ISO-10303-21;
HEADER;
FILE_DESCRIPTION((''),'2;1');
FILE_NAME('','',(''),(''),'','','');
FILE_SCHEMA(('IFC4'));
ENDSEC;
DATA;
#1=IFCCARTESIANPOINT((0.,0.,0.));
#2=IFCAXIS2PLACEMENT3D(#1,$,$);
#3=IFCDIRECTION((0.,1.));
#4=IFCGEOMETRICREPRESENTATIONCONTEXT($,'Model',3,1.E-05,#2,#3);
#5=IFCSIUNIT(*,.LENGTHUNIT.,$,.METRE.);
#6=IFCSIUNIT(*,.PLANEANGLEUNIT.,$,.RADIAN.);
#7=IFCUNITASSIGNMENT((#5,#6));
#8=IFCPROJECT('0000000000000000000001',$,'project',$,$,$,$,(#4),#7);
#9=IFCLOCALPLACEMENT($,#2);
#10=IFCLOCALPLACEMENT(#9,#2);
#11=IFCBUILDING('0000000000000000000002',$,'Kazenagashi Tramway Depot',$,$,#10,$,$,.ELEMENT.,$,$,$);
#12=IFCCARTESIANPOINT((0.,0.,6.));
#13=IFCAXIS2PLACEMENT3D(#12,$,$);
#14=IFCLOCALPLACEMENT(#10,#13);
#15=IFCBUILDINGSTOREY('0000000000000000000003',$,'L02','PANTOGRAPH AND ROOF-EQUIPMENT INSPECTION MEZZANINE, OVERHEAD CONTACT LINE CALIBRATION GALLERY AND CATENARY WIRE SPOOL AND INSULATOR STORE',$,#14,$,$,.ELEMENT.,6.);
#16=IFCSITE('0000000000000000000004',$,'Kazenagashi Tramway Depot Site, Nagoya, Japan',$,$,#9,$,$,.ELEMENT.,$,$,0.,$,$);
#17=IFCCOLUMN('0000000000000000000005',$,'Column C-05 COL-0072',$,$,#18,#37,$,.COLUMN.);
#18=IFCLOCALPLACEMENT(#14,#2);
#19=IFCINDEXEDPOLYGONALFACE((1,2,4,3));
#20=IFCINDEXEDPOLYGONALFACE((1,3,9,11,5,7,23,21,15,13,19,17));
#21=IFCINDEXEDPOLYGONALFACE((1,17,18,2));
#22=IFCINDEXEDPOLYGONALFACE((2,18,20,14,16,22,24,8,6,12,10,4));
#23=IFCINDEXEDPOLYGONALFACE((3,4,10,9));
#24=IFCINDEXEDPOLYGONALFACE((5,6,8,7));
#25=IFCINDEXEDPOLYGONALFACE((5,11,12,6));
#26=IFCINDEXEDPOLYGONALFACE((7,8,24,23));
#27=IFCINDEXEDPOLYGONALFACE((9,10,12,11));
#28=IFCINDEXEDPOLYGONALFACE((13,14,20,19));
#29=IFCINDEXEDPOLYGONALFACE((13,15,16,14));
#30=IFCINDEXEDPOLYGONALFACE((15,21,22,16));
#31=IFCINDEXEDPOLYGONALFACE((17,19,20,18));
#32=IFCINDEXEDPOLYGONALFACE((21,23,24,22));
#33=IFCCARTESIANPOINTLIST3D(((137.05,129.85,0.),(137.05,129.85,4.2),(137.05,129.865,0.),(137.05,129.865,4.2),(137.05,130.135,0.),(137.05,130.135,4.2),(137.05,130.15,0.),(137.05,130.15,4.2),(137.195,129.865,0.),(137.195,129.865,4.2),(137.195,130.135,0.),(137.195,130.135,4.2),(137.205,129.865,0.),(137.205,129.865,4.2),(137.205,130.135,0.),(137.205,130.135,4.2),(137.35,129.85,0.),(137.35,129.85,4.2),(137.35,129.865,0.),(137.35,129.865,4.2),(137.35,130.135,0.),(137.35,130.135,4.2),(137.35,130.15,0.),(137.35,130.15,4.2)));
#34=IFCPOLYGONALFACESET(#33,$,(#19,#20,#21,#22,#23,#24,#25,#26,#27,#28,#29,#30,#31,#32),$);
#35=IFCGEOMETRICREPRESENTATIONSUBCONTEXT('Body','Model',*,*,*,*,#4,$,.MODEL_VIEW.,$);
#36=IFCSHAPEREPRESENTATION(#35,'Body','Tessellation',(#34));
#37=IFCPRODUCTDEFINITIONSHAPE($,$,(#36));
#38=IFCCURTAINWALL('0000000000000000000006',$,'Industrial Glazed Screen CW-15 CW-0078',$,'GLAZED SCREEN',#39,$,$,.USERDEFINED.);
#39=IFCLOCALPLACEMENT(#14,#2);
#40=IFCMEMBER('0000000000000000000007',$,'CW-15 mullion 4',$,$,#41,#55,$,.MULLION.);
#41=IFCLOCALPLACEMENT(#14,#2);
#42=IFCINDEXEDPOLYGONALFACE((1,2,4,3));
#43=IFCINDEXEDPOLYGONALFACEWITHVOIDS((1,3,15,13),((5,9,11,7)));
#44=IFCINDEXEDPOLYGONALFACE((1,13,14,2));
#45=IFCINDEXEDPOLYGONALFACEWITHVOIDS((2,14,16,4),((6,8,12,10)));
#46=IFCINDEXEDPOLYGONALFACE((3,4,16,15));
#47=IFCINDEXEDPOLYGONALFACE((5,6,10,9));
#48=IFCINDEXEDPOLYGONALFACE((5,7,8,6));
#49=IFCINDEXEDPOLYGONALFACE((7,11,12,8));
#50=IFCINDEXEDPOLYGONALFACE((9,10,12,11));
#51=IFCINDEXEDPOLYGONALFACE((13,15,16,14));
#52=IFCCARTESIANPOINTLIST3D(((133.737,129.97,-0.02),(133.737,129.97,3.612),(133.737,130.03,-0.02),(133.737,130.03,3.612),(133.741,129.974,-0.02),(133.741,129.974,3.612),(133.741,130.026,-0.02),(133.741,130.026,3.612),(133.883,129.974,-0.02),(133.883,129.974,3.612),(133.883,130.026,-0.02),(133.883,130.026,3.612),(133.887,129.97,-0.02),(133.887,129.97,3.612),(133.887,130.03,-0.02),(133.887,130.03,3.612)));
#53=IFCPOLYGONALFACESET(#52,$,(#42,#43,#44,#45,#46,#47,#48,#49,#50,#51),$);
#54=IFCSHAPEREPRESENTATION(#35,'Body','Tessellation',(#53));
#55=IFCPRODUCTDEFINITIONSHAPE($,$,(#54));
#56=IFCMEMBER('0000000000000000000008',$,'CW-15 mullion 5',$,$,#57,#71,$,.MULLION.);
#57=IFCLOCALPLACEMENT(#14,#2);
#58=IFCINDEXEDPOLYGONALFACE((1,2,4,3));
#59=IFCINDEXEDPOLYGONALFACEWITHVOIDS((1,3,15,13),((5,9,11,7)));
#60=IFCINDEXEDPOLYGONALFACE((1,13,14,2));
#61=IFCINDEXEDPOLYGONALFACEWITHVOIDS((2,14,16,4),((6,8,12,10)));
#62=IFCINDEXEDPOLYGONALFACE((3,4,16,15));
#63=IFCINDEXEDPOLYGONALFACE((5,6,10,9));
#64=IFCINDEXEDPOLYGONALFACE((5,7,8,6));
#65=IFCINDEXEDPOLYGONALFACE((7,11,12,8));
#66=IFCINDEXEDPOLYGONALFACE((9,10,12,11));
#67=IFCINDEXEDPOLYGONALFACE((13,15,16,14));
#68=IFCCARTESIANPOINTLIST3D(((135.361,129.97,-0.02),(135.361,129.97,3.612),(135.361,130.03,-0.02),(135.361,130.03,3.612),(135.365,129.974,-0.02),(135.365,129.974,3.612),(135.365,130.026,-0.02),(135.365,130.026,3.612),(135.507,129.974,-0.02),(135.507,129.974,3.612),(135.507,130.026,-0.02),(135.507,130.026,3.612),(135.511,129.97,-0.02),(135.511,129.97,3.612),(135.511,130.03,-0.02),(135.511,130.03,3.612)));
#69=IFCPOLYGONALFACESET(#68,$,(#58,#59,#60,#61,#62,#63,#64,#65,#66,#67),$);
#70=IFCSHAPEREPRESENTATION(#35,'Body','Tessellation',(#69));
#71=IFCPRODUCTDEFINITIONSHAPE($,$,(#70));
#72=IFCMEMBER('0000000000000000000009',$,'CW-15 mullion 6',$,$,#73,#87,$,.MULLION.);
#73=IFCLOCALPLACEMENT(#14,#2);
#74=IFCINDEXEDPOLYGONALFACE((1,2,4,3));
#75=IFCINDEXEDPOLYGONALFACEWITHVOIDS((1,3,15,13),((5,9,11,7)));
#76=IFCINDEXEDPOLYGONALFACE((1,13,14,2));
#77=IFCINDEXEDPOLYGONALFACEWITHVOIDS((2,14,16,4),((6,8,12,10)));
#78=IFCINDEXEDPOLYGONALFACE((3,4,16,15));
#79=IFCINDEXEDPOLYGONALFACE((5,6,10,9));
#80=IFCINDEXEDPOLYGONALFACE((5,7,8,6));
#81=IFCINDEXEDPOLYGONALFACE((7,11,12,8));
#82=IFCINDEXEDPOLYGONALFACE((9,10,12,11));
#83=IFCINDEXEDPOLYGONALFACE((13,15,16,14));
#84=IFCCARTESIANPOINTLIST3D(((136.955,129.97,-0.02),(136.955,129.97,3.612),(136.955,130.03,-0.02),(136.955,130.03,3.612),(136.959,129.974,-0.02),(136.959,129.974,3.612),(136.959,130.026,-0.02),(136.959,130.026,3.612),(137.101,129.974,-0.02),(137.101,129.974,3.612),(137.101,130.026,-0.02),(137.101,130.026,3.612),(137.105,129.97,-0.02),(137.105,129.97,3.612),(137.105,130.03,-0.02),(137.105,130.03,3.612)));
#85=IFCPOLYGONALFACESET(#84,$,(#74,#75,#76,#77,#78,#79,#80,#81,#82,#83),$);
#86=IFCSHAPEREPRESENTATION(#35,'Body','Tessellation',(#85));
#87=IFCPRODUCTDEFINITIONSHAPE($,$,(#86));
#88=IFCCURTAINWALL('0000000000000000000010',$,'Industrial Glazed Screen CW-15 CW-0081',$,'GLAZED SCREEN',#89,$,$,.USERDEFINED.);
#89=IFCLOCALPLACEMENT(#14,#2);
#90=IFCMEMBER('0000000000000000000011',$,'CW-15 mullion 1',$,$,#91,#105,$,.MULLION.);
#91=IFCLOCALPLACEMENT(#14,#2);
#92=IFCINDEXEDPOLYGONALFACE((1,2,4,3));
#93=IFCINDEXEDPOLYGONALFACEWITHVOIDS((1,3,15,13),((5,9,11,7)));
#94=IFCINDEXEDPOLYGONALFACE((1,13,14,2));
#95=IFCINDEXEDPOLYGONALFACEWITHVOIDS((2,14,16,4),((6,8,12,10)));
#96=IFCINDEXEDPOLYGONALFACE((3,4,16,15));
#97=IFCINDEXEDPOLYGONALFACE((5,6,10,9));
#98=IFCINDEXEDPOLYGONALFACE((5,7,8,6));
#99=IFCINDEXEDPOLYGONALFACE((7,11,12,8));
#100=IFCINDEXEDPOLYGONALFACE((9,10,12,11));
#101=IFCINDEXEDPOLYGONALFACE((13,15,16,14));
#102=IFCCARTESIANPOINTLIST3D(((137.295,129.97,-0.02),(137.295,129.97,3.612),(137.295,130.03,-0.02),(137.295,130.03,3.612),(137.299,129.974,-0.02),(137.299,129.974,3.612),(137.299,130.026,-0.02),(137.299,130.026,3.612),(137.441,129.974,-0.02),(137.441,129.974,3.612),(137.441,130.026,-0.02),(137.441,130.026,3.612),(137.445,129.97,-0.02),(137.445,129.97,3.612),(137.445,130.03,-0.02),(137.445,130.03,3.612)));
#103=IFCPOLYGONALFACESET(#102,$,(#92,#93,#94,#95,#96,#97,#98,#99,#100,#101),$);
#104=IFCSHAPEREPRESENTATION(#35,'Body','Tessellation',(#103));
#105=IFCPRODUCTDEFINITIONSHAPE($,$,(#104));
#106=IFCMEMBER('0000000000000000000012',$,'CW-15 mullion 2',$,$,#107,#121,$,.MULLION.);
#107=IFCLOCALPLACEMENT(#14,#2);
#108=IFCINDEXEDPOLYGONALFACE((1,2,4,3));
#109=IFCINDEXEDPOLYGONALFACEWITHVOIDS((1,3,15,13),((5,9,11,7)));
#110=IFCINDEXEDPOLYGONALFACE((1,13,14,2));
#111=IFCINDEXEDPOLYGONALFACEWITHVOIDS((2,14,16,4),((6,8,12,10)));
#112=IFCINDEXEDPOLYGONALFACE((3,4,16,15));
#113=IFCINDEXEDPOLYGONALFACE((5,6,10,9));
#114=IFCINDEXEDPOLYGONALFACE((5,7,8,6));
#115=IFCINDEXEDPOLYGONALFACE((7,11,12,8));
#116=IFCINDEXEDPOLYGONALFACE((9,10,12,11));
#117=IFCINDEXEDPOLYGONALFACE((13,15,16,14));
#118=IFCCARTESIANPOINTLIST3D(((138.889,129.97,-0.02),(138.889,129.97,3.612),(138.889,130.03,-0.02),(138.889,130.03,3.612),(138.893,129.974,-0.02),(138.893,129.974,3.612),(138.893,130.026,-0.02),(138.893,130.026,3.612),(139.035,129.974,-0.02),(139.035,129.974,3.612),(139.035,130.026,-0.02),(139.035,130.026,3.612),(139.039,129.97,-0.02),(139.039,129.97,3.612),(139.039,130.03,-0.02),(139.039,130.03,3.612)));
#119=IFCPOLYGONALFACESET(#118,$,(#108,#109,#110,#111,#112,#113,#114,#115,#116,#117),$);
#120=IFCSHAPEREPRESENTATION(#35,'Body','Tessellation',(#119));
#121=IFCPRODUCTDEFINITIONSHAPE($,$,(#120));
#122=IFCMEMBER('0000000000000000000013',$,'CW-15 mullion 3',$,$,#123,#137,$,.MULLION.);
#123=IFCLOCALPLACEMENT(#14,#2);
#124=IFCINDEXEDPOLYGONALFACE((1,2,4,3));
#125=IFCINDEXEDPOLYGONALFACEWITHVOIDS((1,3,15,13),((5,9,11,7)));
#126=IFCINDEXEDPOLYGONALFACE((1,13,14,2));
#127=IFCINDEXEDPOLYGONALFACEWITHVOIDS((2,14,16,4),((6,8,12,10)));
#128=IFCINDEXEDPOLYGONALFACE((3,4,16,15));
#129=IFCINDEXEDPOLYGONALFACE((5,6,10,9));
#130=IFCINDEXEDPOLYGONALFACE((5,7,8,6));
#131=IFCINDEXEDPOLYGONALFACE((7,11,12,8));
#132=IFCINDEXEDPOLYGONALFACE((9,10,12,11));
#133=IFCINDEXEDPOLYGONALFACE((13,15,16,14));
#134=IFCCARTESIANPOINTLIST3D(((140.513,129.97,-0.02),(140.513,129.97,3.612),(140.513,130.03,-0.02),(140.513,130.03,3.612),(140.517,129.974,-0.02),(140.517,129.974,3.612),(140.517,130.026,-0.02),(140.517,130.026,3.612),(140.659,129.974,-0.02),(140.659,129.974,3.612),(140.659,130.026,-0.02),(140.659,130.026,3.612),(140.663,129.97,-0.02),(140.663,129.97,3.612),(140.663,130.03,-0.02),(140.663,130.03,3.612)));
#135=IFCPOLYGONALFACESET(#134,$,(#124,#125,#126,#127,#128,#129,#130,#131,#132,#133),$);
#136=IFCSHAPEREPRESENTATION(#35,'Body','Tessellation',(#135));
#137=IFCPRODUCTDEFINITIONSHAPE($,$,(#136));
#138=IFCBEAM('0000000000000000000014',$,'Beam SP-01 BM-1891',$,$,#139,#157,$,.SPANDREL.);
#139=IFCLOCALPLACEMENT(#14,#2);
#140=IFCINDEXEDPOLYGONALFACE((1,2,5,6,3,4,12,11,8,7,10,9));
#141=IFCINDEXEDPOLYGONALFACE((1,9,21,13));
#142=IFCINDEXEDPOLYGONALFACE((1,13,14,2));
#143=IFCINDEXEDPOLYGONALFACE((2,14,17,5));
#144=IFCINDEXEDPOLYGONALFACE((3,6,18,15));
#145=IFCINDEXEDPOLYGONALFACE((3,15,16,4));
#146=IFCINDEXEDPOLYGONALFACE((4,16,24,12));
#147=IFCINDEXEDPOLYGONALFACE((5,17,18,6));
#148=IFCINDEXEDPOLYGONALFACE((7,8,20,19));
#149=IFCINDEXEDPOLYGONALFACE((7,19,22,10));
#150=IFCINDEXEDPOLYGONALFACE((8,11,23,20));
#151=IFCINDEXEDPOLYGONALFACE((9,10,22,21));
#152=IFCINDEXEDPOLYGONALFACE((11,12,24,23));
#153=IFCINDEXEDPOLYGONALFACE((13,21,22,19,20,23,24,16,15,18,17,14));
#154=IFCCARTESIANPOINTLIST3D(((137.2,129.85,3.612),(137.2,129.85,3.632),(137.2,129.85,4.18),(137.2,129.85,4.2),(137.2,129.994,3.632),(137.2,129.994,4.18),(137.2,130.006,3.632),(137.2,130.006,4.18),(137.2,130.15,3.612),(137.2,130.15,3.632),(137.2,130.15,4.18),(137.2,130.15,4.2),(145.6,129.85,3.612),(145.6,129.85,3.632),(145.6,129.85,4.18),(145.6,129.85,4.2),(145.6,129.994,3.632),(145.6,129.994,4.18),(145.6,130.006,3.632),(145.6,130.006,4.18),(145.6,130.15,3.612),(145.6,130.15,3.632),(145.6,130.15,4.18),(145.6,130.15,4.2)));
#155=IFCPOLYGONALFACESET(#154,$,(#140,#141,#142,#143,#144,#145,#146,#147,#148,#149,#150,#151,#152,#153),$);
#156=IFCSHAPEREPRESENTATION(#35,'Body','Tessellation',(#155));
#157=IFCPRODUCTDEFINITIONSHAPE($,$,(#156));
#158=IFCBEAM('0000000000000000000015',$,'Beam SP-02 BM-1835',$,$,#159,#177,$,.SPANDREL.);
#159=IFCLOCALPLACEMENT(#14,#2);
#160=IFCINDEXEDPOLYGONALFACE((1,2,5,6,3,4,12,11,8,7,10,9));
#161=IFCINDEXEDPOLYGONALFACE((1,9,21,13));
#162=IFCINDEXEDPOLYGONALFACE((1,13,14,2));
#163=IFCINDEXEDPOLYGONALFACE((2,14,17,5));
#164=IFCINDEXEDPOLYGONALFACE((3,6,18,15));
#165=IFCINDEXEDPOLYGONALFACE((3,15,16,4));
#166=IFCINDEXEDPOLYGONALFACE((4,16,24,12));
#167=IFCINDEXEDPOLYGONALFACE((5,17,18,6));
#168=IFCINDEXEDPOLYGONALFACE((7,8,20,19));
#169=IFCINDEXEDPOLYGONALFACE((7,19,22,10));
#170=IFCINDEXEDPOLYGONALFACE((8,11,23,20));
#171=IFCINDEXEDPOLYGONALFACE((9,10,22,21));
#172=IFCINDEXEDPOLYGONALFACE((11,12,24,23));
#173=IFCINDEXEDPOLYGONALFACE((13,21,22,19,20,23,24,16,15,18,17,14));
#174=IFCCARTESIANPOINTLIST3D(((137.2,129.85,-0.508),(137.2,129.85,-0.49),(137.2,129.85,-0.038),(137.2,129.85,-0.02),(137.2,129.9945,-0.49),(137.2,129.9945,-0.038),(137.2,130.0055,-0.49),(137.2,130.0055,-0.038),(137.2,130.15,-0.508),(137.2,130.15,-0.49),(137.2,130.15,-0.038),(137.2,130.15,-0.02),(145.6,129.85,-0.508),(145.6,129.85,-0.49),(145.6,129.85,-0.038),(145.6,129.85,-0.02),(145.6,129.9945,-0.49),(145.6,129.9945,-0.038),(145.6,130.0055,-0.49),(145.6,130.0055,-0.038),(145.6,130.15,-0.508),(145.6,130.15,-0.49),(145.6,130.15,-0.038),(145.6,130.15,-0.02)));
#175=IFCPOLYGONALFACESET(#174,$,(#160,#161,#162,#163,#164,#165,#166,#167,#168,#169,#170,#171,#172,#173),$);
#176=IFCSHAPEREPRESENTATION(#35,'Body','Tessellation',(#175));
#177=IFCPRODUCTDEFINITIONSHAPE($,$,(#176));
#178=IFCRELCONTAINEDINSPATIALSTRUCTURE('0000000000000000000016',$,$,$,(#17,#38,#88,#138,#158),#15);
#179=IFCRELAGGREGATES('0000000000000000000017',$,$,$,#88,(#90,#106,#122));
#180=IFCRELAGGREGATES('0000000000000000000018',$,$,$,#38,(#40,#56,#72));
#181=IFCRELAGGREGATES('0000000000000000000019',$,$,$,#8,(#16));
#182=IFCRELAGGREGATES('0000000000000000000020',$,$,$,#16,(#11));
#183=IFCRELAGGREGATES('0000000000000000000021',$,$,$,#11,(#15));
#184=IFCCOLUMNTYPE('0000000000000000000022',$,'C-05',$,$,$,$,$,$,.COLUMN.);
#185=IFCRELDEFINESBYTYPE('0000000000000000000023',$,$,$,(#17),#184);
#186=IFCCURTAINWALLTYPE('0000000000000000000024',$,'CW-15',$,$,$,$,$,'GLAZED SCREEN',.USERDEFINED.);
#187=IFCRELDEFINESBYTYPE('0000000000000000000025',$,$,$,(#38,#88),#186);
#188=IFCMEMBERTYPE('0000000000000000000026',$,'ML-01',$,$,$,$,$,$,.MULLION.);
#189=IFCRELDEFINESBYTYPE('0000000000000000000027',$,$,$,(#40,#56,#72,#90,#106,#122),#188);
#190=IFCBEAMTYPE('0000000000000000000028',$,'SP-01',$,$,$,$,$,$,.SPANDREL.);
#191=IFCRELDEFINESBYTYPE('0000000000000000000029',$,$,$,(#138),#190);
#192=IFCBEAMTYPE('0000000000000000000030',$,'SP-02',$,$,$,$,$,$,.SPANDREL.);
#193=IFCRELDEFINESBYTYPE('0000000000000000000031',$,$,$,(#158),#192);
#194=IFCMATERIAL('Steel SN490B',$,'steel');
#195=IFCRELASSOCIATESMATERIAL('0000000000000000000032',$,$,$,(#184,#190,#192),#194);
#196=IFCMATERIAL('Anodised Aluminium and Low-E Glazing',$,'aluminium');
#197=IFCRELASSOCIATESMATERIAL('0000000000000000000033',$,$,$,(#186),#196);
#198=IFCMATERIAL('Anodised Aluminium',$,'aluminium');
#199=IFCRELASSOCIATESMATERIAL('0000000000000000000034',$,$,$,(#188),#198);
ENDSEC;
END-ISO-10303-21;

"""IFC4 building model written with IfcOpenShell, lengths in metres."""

from ifc_helpers import new_model, si_unit, direction, frame, origin, origin_2d, place, context, subcontext, project, spatial, hollow_rectangle, i_section, extrude, material, material_profile, profile_set, type_object, element, aggregate, save


model = new_model("IFC4")

# Units and contexts
model_context = context("Model", 3, precision=1e-05, world=origin(), true_north=direction((0.0, 1.0)))
body_context = subcontext(model_context, "Body", "Model", "MODEL_VIEW")
ifc_project = project(units=[si_unit("LENGTHUNIT", "METRE"), si_unit("PLANEANGLEUNIT", "RADIAN")], contexts=[model_context])

# Site, building, storey
site_placement = place(None, origin())
site = spatial("IfcSite", under=ifc_project, at=site_placement, Name="Kazenagashi Tramway Depot Site, Nagoya, Japan", CompositionType="ELEMENT", RefElevation=0.0)
building_placement = place(site_placement, origin())
building = spatial("IfcBuilding", under=site, at=building_placement, Name="Kazenagashi Tramway Depot", CompositionType="ELEMENT")
storey_placement = place(building_placement, frame((0.0, 0.0, 6.0)))
storey = spatial("IfcBuildingStorey", under=building, at=storey_placement, Name="L02", Description="PANTOGRAPH AND ROOF-EQUIPMENT INSPECTION MEZZANINE, OVERHEAD CONTACT LINE CALIBRATION GALLERY AND CATENARY WIRE SPOOL AND INSULATOR STORE", CompositionType="ELEMENT", Elevation=6.0)

# Column
ifc_material_1 = material(Name="Steel SN490B", Category="steel")
ifc_material_profile_1 = material_profile(ifc_material_1, i_section(OverallWidth=0.3, OverallDepth=0.3, WebThickness=0.01, FlangeThickness=0.015, at=origin_2d()), Name="H-300x300x10x15")
ifc_profile_set_1 = profile_set([ifc_material_profile_1], Name="Steel SN490B")
column_type = type_object("IfcColumnType", Name="C-05", PredefinedType="COLUMN", material=ifc_profile_set_1)
column_placement = place(storey_placement, frame((137.2, 130.0, 0.0), z_axis=(0.0, 0.0, 1.0), x_axis=(1.0, 0.0, 0.0)))
element("IfcColumn", 1, at=column_placement, inside=storey, type_object=column_type, Name="Column C-05 COL-0072", PredefinedType="COLUMN", context=body_context, shape_type="SweptSolid", body=[
    extrude(i_section(OverallWidth=0.3, OverallDepth=0.3, WebThickness=0.01, FlangeThickness=0.015, at=origin_2d()), origin(), (0.0, 0.0, 1.0), 4.2),
])

# Curtain walls, members
ifc_material_2 = material(Name="Anodised Aluminium and Low-E Glazing", Category="aluminium")
curtain_wall_type = type_object("IfcCurtainWallType", Name="CW-15", ElementType="GLAZED SCREEN", PredefinedType="USERDEFINED", material=ifc_material_2)
curtain_wall_1_placement = place(storey_placement, origin())
curtain_wall_1 = element("IfcCurtainWall", 2, at=curtain_wall_1_placement, inside=storey, type_object=curtain_wall_type, Name="Industrial Glazed Screen CW-15 CW-0078", ObjectType="GLAZED SCREEN", PredefinedType="USERDEFINED")
ifc_material_3 = material(Name="Anodised Aluminium", Category="aluminium")
ifc_material_profile_2 = material_profile(ifc_material_3, hollow_rectangle(XDim=0.06, YDim=0.15, WallThickness=0.004, at=origin_2d()), Name="RHS-150x60x4")
ifc_profile_set_2 = profile_set([ifc_material_profile_2], Name="Anodised Aluminium")
member_type_1 = type_object("IfcMemberType", Name="ML-01", PredefinedType="MULLION", material=ifc_profile_set_2)
member_1_placement = place(storey_placement, frame((133.812, 130.0, -0.02), z_axis=(0.0, 0.0, 1.0), x_axis=(0.0, 1.0, 0.0)))
member_1 = element("IfcMember", 3, at=member_1_placement, type_object=member_type_1, Name="CW-15 mullion 4", PredefinedType="MULLION", context=body_context, shape_type="SweptSolid", body=[
    extrude(hollow_rectangle(XDim=0.06, YDim=0.15, WallThickness=0.004, at=origin_2d()), origin(), (0.0, 0.0, 1.0), 3.632),
])
member_2_placement = place(storey_placement, frame((135.436, 130.0, -0.02), z_axis=(0.0, 0.0, 1.0), x_axis=(0.0, 1.0, 0.0)))
member_2 = element("IfcMember", 4, at=member_2_placement, type_object=member_type_1, Name="CW-15 mullion 5", PredefinedType="MULLION", context=body_context, shape_type="SweptSolid", body=[
    extrude(hollow_rectangle(XDim=0.06, YDim=0.15, WallThickness=0.004, at=origin_2d()), origin(), (0.0, 0.0, 1.0), 3.632),
])
member_3_placement = place(storey_placement, frame((137.03, 130.0, -0.02), z_axis=(0.0, 0.0, 1.0), x_axis=(0.0, 1.0, 0.0)))
member_3 = element("IfcMember", 5, at=member_3_placement, type_object=member_type_1, Name="CW-15 mullion 6", PredefinedType="MULLION", context=body_context, shape_type="SweptSolid", body=[
    extrude(hollow_rectangle(XDim=0.06, YDim=0.15, WallThickness=0.004, at=origin_2d()), origin(), (0.0, 0.0, 1.0), 3.632),
])
curtain_wall_2_placement = place(storey_placement, origin())
curtain_wall_2 = element("IfcCurtainWall", 6, at=curtain_wall_2_placement, inside=storey, type_object=curtain_wall_type, Name="Industrial Glazed Screen CW-15 CW-0081", ObjectType="GLAZED SCREEN", PredefinedType="USERDEFINED")
member_4_placement = place(storey_placement, frame((137.37, 130.0, -0.02), z_axis=(0.0, 0.0, 1.0), x_axis=(0.0, 1.0, 0.0)))
member_4 = element("IfcMember", 7, at=member_4_placement, type_object=member_type_1, Name="CW-15 mullion 1", PredefinedType="MULLION", context=body_context, shape_type="SweptSolid", body=[
    extrude(hollow_rectangle(XDim=0.06, YDim=0.15, WallThickness=0.004, at=origin_2d()), origin(), (0.0, 0.0, 1.0), 3.632),
])
member_5_placement = place(storey_placement, frame((138.964, 130.0, -0.02), z_axis=(0.0, 0.0, 1.0), x_axis=(0.0, 1.0, 0.0)))
member_5 = element("IfcMember", 8, at=member_5_placement, type_object=member_type_1, Name="CW-15 mullion 2", PredefinedType="MULLION", context=body_context, shape_type="SweptSolid", body=[
    extrude(hollow_rectangle(XDim=0.06, YDim=0.15, WallThickness=0.004, at=origin_2d()), origin(), (0.0, 0.0, 1.0), 3.632),
])
member_6_placement = place(storey_placement, frame((140.588, 130.0, -0.02), z_axis=(0.0, 0.0, 1.0), x_axis=(0.0, 1.0, 0.0)))
member_6 = element("IfcMember", 9, at=member_6_placement, type_object=member_type_1, Name="CW-15 mullion 3", PredefinedType="MULLION", context=body_context, shape_type="SweptSolid", body=[
    extrude(hollow_rectangle(XDim=0.06, YDim=0.15, WallThickness=0.004, at=origin_2d()), origin(), (0.0, 0.0, 1.0), 3.632),
])

# Beams
ifc_material_profile_3 = material_profile(ifc_material_1, i_section(OverallWidth=0.3, OverallDepth=0.588, WebThickness=0.012, FlangeThickness=0.02, at=origin_2d()), Name="H-588x300x12x20")
ifc_profile_set_3 = profile_set([ifc_material_profile_3], Name="Steel SN490B")
beam_type_1 = type_object("IfcBeamType", Name="SP-01", PredefinedType="SPANDREL", material=ifc_profile_set_3)
beam_1_placement = place(storey_placement, frame((137.2, 130.0, 3.906), z_axis=(1.0, 0.0, 0.0), x_axis=(0.0, 1.0, 0.0)))
element("IfcBeam", 10, at=beam_1_placement, inside=storey, type_object=beam_type_1, Name="Beam SP-01 BM-1891", PredefinedType="SPANDREL", context=body_context, shape_type="SweptSolid", body=[
    extrude(i_section(OverallWidth=0.3, OverallDepth=0.588, WebThickness=0.012, FlangeThickness=0.02, at=origin_2d()), origin(), (0.0, 0.0, 1.0), 8.4),
])
ifc_material_profile_4 = material_profile(ifc_material_1, i_section(OverallWidth=0.3, OverallDepth=0.488, WebThickness=0.011, FlangeThickness=0.018, at=origin_2d()), Name="H-488x300x11x18")
ifc_profile_set_4 = profile_set([ifc_material_profile_4], Name="Steel SN490B")
beam_type_2 = type_object("IfcBeamType", Name="SP-02", PredefinedType="SPANDREL", material=ifc_profile_set_4)
beam_2_placement = place(storey_placement, frame((137.2, 130.0, -0.264), z_axis=(1.0, 0.0, 0.0), x_axis=(0.0, 1.0, 0.0)))
element("IfcBeam", 11, at=beam_2_placement, inside=storey, type_object=beam_type_2, Name="Beam SP-02 BM-1835", PredefinedType="SPANDREL", context=body_context, shape_type="SweptSolid", body=[
    extrude(i_section(OverallWidth=0.3, OverallDepth=0.488, WebThickness=0.011, FlangeThickness=0.018, at=origin_2d()), origin(), (0.0, 0.0, 1.0), 8.4),
])

aggregate(curtain_wall_2, [member_4, member_5, member_6])
aggregate(curtain_wall_1, [member_1, member_2, member_3])

save(model, "model.ifc")
